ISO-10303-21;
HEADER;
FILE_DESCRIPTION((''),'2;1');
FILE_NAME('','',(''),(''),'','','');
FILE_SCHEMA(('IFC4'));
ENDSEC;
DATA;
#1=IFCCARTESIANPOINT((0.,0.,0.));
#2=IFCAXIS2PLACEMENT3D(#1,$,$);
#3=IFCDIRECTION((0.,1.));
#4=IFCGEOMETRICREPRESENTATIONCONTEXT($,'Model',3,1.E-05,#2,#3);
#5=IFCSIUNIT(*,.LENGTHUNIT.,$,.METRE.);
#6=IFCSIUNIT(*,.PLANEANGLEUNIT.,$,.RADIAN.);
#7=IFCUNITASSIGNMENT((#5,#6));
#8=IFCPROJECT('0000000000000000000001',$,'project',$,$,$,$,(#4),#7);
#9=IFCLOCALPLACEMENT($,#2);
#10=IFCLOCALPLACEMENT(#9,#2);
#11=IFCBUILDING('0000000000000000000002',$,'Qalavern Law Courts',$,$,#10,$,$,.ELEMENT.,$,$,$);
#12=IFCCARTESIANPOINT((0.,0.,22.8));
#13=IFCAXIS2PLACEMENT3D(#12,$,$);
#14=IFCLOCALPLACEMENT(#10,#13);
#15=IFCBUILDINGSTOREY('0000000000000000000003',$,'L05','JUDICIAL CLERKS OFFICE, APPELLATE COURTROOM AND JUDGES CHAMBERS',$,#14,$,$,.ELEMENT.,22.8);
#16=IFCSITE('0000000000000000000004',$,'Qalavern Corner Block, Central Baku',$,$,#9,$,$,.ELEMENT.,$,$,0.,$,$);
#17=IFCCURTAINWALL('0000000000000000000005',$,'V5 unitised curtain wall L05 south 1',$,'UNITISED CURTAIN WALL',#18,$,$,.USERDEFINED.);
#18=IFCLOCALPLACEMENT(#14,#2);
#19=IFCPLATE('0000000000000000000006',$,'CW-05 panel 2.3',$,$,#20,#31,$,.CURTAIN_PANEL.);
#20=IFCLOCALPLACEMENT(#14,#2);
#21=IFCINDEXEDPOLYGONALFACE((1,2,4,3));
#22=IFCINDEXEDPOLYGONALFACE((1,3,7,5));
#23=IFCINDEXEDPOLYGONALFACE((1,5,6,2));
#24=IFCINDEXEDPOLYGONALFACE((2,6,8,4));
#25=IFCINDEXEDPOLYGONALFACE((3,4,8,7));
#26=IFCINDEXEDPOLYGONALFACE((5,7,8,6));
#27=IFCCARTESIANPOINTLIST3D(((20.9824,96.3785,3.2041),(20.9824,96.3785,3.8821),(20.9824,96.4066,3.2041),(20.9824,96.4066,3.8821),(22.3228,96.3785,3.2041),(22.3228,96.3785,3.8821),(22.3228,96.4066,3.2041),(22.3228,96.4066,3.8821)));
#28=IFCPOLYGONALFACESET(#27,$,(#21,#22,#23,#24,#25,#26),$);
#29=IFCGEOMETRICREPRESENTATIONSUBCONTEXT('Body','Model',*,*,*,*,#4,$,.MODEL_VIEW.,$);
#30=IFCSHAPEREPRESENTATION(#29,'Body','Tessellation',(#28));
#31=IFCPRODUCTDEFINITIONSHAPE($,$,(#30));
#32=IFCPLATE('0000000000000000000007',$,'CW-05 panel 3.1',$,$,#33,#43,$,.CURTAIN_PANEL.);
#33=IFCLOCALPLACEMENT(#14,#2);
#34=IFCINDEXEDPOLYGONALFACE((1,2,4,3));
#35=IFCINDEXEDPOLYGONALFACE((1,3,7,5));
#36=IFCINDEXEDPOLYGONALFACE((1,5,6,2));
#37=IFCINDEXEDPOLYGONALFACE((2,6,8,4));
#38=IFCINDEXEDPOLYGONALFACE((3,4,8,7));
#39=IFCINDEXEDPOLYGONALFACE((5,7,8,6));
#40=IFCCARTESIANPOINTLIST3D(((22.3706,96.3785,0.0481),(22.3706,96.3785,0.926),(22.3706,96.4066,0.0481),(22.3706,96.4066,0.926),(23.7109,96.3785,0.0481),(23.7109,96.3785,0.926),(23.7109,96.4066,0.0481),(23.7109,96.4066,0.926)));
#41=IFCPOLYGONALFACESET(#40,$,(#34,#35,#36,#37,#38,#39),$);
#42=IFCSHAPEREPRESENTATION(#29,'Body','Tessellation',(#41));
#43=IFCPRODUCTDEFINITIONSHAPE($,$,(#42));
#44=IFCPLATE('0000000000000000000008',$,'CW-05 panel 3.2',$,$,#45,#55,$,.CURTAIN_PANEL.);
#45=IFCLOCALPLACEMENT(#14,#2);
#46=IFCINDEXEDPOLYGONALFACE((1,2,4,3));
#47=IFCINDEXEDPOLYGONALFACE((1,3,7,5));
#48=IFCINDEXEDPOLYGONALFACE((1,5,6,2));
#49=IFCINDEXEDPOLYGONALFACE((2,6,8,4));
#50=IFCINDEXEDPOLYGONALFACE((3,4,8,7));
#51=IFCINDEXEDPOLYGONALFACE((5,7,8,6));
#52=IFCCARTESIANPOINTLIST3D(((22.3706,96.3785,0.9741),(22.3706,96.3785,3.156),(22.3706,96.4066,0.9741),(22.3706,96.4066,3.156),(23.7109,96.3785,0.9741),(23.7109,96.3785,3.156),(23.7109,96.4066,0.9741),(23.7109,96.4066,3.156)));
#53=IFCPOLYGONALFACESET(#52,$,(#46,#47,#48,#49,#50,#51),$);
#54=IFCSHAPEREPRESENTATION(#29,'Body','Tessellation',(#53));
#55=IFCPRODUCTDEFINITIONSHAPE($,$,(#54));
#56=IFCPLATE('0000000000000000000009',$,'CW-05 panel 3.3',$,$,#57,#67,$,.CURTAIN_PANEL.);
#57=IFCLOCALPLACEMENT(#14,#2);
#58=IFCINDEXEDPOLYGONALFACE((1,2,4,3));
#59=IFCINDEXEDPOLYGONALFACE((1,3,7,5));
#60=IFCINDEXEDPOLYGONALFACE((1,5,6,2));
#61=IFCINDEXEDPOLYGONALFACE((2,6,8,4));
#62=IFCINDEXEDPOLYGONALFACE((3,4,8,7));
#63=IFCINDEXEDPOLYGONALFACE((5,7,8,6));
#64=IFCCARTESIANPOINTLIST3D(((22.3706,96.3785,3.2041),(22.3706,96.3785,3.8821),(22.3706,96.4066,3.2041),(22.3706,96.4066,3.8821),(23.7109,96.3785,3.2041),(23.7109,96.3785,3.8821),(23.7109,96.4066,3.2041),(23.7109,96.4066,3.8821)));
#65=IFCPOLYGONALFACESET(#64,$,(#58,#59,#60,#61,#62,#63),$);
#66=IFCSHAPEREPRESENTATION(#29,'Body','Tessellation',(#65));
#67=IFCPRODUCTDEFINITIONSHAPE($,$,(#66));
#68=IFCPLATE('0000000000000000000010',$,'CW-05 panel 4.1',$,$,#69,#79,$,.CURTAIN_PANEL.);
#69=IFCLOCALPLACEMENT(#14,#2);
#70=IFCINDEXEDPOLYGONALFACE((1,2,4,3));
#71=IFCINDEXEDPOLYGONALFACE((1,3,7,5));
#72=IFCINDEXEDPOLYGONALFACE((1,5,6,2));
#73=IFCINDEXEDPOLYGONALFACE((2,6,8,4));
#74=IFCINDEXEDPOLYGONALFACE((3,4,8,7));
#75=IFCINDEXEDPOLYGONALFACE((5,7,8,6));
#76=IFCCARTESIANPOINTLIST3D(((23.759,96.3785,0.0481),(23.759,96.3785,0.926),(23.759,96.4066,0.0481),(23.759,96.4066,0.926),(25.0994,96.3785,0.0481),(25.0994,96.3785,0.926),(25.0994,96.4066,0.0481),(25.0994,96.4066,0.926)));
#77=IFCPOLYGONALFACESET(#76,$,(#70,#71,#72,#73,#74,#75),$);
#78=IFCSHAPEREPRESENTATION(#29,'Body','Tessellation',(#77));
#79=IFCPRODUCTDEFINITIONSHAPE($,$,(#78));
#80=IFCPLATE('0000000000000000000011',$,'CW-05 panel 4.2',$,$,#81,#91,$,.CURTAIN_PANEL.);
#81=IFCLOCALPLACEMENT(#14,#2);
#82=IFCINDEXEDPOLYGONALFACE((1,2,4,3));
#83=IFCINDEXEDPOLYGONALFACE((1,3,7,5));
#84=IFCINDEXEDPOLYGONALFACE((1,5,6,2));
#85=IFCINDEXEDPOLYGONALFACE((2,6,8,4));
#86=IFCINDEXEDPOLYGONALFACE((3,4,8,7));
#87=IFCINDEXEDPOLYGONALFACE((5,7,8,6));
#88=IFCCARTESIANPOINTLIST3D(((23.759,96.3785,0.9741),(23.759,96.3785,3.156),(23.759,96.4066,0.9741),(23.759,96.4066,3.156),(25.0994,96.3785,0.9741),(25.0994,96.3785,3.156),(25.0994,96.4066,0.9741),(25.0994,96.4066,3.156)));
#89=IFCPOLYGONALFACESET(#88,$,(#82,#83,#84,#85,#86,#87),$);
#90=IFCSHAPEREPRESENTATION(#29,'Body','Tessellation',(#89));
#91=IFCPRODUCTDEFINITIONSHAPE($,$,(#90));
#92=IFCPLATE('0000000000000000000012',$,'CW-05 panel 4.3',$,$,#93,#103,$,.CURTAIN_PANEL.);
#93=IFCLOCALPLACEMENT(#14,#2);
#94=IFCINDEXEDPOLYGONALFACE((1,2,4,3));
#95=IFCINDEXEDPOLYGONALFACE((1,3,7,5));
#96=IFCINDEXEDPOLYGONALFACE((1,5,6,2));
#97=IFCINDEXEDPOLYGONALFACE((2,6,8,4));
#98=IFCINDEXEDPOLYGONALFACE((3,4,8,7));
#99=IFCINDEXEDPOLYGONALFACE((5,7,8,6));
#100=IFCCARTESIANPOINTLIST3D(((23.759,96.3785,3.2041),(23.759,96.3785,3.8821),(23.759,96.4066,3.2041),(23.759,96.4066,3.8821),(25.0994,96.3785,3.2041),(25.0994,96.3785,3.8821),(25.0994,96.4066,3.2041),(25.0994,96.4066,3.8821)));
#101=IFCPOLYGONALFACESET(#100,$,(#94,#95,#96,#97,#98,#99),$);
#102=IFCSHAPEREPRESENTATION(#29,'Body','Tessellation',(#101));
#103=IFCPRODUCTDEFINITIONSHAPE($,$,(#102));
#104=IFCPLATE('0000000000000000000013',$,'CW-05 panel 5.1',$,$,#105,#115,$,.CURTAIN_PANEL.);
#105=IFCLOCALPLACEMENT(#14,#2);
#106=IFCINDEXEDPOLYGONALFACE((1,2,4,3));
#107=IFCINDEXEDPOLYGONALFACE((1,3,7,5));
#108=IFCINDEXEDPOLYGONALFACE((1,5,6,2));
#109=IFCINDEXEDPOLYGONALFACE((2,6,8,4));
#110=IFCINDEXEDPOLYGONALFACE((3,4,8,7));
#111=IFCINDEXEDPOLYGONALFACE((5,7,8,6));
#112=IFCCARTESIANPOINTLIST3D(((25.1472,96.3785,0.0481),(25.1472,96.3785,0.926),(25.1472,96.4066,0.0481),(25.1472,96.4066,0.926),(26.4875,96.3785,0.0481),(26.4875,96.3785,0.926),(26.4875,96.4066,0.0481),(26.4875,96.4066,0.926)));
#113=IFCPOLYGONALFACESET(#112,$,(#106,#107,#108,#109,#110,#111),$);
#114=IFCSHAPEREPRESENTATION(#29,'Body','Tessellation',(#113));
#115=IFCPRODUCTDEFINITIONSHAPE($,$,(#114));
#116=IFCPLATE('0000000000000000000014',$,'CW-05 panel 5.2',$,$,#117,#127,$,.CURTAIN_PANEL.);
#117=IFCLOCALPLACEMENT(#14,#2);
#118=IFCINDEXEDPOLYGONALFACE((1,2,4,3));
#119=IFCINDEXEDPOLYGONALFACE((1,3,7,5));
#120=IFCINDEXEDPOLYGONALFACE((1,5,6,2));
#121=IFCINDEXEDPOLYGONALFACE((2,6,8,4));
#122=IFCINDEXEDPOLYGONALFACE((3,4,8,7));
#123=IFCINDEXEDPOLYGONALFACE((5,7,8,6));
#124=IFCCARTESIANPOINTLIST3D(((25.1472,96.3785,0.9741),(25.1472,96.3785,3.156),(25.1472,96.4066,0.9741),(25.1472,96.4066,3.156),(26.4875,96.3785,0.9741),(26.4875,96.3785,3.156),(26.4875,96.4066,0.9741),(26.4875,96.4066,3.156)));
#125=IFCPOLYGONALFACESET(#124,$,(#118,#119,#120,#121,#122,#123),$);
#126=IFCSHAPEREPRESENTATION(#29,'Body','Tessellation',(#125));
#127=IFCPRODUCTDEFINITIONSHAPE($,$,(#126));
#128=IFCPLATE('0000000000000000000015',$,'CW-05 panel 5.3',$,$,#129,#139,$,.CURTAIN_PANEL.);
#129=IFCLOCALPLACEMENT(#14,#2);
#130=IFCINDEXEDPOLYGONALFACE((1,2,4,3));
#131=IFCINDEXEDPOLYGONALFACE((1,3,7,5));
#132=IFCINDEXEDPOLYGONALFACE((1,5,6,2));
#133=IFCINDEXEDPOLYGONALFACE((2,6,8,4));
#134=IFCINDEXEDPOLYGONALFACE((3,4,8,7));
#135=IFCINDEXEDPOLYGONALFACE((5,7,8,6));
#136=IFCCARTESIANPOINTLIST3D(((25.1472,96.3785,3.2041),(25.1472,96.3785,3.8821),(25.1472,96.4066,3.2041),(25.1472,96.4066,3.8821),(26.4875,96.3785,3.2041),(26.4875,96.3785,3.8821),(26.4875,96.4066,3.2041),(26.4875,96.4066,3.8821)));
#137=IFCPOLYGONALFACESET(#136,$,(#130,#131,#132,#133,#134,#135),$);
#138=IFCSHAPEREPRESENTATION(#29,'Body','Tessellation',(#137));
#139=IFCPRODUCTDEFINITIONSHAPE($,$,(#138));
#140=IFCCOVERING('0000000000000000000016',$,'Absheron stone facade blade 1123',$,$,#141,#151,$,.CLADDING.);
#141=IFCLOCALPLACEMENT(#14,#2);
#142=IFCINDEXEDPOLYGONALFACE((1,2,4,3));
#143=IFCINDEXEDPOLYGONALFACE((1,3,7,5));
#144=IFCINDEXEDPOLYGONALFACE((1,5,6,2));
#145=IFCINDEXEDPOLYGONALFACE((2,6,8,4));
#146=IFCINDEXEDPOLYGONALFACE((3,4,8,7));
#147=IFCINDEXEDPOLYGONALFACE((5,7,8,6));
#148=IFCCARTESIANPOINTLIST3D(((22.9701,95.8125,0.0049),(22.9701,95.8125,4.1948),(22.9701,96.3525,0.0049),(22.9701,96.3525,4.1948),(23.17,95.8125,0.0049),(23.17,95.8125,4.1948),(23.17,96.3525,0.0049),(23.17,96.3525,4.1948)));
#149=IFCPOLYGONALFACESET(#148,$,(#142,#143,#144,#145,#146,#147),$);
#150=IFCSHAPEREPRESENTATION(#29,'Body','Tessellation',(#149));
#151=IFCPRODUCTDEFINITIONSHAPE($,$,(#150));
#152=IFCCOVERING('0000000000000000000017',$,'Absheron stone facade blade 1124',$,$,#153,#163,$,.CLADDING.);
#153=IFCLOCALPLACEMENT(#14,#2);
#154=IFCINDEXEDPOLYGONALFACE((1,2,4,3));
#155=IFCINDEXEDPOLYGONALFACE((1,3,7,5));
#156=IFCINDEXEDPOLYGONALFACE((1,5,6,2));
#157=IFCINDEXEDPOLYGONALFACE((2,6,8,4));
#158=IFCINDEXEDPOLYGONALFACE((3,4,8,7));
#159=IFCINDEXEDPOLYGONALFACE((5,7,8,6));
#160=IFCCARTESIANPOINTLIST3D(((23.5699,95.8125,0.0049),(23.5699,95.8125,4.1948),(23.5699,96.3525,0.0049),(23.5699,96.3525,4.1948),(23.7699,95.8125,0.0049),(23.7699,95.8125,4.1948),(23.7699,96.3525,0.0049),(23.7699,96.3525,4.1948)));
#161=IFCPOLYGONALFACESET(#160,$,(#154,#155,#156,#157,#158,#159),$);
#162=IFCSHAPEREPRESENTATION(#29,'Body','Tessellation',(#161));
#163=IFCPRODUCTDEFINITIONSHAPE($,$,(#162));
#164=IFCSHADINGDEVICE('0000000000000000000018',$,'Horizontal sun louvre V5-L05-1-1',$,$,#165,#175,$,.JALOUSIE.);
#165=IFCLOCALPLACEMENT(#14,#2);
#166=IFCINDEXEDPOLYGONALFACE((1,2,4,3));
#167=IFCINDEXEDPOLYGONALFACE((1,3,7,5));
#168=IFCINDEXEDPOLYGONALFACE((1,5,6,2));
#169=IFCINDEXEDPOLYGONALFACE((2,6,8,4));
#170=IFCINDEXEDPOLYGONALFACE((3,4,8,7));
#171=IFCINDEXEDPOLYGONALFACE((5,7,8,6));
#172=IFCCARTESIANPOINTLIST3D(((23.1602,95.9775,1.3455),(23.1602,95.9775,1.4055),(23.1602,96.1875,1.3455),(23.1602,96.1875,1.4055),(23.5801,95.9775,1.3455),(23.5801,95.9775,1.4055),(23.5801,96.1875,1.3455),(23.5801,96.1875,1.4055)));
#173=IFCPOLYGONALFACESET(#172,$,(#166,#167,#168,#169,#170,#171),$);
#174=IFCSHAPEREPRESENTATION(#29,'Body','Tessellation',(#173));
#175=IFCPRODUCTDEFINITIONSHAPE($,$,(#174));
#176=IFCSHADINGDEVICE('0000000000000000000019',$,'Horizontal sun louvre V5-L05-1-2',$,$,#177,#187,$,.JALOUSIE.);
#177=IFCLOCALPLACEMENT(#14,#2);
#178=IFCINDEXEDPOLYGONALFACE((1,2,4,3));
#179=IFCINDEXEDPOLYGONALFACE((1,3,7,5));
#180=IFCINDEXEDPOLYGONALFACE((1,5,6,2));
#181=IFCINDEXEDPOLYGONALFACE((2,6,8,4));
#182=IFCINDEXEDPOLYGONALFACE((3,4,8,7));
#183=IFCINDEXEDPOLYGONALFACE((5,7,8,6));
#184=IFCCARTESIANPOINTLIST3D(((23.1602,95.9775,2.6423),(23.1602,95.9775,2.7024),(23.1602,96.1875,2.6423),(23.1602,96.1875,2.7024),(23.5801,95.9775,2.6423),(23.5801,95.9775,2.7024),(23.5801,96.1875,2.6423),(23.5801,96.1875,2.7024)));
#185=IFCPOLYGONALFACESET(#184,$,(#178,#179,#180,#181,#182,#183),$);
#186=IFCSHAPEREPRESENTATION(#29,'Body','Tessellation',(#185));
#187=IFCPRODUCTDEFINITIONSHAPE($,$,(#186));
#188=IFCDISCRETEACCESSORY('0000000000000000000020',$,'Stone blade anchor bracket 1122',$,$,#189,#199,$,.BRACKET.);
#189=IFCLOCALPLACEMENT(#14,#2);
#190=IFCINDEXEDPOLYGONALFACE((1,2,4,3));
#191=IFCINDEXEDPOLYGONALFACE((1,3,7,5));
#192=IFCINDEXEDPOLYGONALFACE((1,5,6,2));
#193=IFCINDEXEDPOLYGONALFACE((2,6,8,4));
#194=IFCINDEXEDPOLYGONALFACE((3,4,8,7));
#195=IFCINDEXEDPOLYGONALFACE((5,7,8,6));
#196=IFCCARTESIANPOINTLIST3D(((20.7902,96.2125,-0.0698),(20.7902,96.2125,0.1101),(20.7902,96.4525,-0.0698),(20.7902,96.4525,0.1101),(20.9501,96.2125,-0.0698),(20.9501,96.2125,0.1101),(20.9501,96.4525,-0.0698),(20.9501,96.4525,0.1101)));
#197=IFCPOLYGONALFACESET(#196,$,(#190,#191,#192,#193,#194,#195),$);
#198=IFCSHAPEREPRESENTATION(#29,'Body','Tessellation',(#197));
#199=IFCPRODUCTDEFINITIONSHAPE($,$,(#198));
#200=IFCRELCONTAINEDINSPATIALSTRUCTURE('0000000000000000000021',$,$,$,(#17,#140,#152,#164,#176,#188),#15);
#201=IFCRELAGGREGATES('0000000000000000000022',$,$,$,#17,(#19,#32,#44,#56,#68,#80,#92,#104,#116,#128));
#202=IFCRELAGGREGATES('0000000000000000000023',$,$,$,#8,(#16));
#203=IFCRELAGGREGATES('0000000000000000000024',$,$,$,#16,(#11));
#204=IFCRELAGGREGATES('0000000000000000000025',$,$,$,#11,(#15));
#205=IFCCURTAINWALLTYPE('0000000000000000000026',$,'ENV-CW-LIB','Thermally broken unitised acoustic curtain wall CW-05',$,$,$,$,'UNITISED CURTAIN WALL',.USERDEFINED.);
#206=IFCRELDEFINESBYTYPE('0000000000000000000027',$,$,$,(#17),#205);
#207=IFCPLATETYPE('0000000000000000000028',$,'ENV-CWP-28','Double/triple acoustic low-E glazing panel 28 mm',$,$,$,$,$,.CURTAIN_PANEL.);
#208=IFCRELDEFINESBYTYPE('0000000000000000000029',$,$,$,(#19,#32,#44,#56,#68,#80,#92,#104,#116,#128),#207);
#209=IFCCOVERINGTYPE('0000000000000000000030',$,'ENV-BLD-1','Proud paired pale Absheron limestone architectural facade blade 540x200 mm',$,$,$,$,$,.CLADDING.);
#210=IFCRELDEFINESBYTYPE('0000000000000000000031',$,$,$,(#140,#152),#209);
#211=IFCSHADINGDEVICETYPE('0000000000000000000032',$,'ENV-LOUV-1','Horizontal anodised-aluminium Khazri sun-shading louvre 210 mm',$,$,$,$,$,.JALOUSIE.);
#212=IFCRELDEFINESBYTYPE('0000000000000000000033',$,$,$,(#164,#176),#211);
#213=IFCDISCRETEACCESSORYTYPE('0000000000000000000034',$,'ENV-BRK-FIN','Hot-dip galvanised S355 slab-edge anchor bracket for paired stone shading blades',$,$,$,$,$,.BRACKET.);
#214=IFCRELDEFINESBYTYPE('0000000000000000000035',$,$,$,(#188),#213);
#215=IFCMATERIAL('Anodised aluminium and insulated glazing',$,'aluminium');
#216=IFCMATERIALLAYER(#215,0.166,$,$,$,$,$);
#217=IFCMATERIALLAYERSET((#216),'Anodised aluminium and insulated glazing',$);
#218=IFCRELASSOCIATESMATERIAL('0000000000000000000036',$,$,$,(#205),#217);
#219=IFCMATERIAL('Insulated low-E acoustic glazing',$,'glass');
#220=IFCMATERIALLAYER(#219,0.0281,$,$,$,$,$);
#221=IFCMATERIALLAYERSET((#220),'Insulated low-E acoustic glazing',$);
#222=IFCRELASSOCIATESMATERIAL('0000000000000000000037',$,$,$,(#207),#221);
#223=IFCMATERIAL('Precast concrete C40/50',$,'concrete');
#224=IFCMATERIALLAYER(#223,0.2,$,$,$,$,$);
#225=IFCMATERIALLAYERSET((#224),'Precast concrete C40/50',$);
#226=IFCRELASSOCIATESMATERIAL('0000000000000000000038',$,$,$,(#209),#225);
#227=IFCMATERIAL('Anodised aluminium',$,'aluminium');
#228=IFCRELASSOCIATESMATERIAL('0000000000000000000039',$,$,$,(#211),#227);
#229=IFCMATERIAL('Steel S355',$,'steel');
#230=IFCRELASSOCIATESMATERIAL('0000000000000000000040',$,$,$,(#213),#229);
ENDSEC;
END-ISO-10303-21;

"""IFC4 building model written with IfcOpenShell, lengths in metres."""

from ifc_helpers import new_model, si_unit, direction, frame, origin, origin_2d, place, context, subcontext, project, spatial, rectangle, extrude, material, layer, layer_set, type_object, element, aggregate, save


model = new_model("IFC4")

# Units and contexts
model_context = context("Model", 3, precision=1e-05, world=origin(), true_north=direction((0.0, 1.0)))
body_context = subcontext(model_context, "Body", "Model", "MODEL_VIEW")
ifc_project = project(units=[si_unit("LENGTHUNIT", "METRE"), si_unit("PLANEANGLEUNIT", "RADIAN")], contexts=[model_context])

# Site, building, storey
site_placement = place(None, origin())
site = spatial("IfcSite", under=ifc_project, at=site_placement, Name="Qalavern Corner Block, Central Baku", CompositionType="ELEMENT", RefElevation=0.0)
building_placement = place(site_placement, origin())
building = spatial("IfcBuilding", under=site, at=building_placement, Name="Qalavern Law Courts", CompositionType="ELEMENT")
storey_placement = place(building_placement, frame((0.0, 0.0, 22.8)))
storey = spatial("IfcBuildingStorey", under=building, at=storey_placement, Name="L05", Description="JUDICIAL CLERKS OFFICE, APPELLATE COURTROOM AND JUDGES CHAMBERS", CompositionType="ELEMENT", Elevation=22.8)

# Curtain wall, plates
ifc_material_1 = material(Name="Anodised aluminium and insulated glazing", Category="aluminium")
ifc_layer_1 = layer(ifc_material_1, 0.166)
ifc_layer_set_1 = layer_set([ifc_layer_1], Name="Anodised aluminium and insulated glazing")
curtain_wall_type = type_object("IfcCurtainWallType", Name="ENV-CW-LIB", Description="Thermally broken unitised acoustic curtain wall CW-05", ElementType="UNITISED CURTAIN WALL", PredefinedType="USERDEFINED", material=ifc_layer_set_1)
curtain_wall_placement = place(storey_placement, origin())
curtain_wall = element("IfcCurtainWall", 1, at=curtain_wall_placement, inside=storey, type_object=curtain_wall_type, Name="V5 unitised curtain wall L05 south 1", ObjectType="UNITISED CURTAIN WALL", PredefinedType="USERDEFINED")
ifc_material_2 = material(Name="Anodised aluminium", Category="aluminium")
ifc_material_3 = material(Name="Insulated low-E acoustic glazing", Category="glass")
ifc_layer_2 = layer(ifc_material_3, 0.0281)
ifc_layer_set_2 = layer_set([ifc_layer_2], Name="Insulated low-E acoustic glazing")
plate_type = type_object("IfcPlateType", Name="ENV-CWP-28", Description="Double/triple acoustic low-E glazing panel 28 mm", PredefinedType="CURTAIN_PANEL", material=ifc_layer_set_2)
plate_1_placement = place(storey_placement, frame((21.6526, 96.3926, 3.2041), z_axis=(0.0, 0.0, 1.0), x_axis=(1.0, 0.0, 0.0)))
plate_1 = element("IfcPlate", 2, at=plate_1_placement, type_object=plate_type, Name="CW-05 panel 2.3", PredefinedType="CURTAIN_PANEL", context=body_context, shape_type="SweptSolid", body=[
    extrude(rectangle(XDim=1.3403, YDim=0.0281, at=origin_2d()), origin(), (0.0, 0.0, 1.0), 0.678),
])
plate_2_placement = place(storey_placement, frame((23.0408, 96.3926, 0.0481), z_axis=(0.0, 0.0, 1.0), x_axis=(1.0, 0.0, 0.0)))
plate_2 = element("IfcPlate", 3, at=plate_2_placement, type_object=plate_type, Name="CW-05 panel 3.1", PredefinedType="CURTAIN_PANEL", context=body_context, shape_type="SweptSolid", body=[
    extrude(rectangle(XDim=1.3403, YDim=0.0281, at=origin_2d()), origin(), (0.0, 0.0, 1.0), 0.8779),
])
plate_3_placement = place(storey_placement, frame((23.0408, 96.3926, 0.9741), z_axis=(0.0, 0.0, 1.0), x_axis=(1.0, 0.0, 0.0)))
plate_3 = element("IfcPlate", 4, at=plate_3_placement, type_object=plate_type, Name="CW-05 panel 3.2", PredefinedType="CURTAIN_PANEL", context=body_context, shape_type="SweptSolid", body=[
    extrude(rectangle(XDim=1.3403, YDim=0.0281, at=origin_2d()), origin(), (0.0, 0.0, 1.0), 2.1819),
])
plate_4_placement = place(storey_placement, frame((23.0408, 96.3926, 3.2041), z_axis=(0.0, 0.0, 1.0), x_axis=(1.0, 0.0, 0.0)))
plate_4 = element("IfcPlate", 5, at=plate_4_placement, type_object=plate_type, Name="CW-05 panel 3.3", PredefinedType="CURTAIN_PANEL", context=body_context, shape_type="SweptSolid", body=[
    extrude(rectangle(XDim=1.3403, YDim=0.0281, at=origin_2d()), origin(), (0.0, 0.0, 1.0), 0.678),
])
plate_5_placement = place(storey_placement, frame((24.4292, 96.3926, 0.0481), z_axis=(0.0, 0.0, 1.0), x_axis=(1.0, 0.0, 0.0)))
plate_5 = element("IfcPlate", 6, at=plate_5_placement, type_object=plate_type, Name="CW-05 panel 4.1", PredefinedType="CURTAIN_PANEL", context=body_context, shape_type="SweptSolid", body=[
    extrude(rectangle(XDim=1.3403, YDim=0.0281, at=origin_2d()), origin(), (0.0, 0.0, 1.0), 0.8779),
])
plate_6_placement = place(storey_placement, frame((24.4292, 96.3926, 0.9741), z_axis=(0.0, 0.0, 1.0), x_axis=(1.0, 0.0, 0.0)))
plate_6 = element("IfcPlate", 7, at=plate_6_placement, type_object=plate_type, Name="CW-05 panel 4.2", PredefinedType="CURTAIN_PANEL", context=body_context, shape_type="SweptSolid", body=[
    extrude(rectangle(XDim=1.3403, YDim=0.0281, at=origin_2d()), origin(), (0.0, 0.0, 1.0), 2.1819),
])
plate_7_placement = place(storey_placement, frame((24.4292, 96.3926, 3.2041), z_axis=(0.0, 0.0, 1.0), x_axis=(1.0, 0.0, 0.0)))
plate_7 = element("IfcPlate", 8, at=plate_7_placement, type_object=plate_type, Name="CW-05 panel 4.3", PredefinedType="CURTAIN_PANEL", context=body_context, shape_type="SweptSolid", body=[
    extrude(rectangle(XDim=1.3403, YDim=0.0281, at=origin_2d()), origin(), (0.0, 0.0, 1.0), 0.678),
])
plate_8_placement = place(storey_placement, frame((25.8174, 96.3926, 0.0481), z_axis=(0.0, 0.0, 1.0), x_axis=(1.0, 0.0, 0.0)))
plate_8 = element("IfcPlate", 9, at=plate_8_placement, type_object=plate_type, Name="CW-05 panel 5.1", PredefinedType="CURTAIN_PANEL", context=body_context, shape_type="SweptSolid", body=[
    extrude(rectangle(XDim=1.3403, YDim=0.0281, at=origin_2d()), origin(), (0.0, 0.0, 1.0), 0.8779),
])
plate_9_placement = place(storey_placement, frame((25.8174, 96.3926, 0.9741), z_axis=(0.0, 0.0, 1.0), x_axis=(1.0, 0.0, 0.0)))
plate_9 = element("IfcPlate", 10, at=plate_9_placement, type_object=plate_type, Name="CW-05 panel 5.2", PredefinedType="CURTAIN_PANEL", context=body_context, shape_type="SweptSolid", body=[
    extrude(rectangle(XDim=1.3403, YDim=0.0281, at=origin_2d()), origin(), (0.0, 0.0, 1.0), 2.1819),
])
plate_10_placement = place(storey_placement, frame((25.8174, 96.3926, 3.2041), z_axis=(0.0, 0.0, 1.0), x_axis=(1.0, 0.0, 0.0)))
plate_10 = element("IfcPlate", 11, at=plate_10_placement, type_object=plate_type, Name="CW-05 panel 5.3", PredefinedType="CURTAIN_PANEL", context=body_context, shape_type="SweptSolid", body=[
    extrude(rectangle(XDim=1.3403, YDim=0.0281, at=origin_2d()), origin(), (0.0, 0.0, 1.0), 0.678),
])
aggregate(curtain_wall, [plate_1, plate_2, plate_3, plate_4, plate_5, plate_6, plate_7, plate_8, plate_9, plate_10])

# Coverings
ifc_material_4 = material(Name="Precast concrete C40/50", Category="concrete")
ifc_layer_3 = layer(ifc_material_4, 0.2)
ifc_layer_set_3 = layer_set([ifc_layer_3], Name="Precast concrete C40/50")
covering_type = type_object("IfcCoveringType", Name="ENV-BLD-1", Description="Proud paired pale Absheron limestone architectural facade blade 540x200 mm", PredefinedType="CLADDING", material=ifc_layer_set_3)
for number, where, z_axis, x_axis, name in (
    (12, (23.0701, 96.0825, 0.0049), (0.0, 0.0, 1.0), (0.0, -1.0, 0.0), "Absheron stone facade blade 1123"),
    (13, (23.6699, 96.0825, 0.0049), (0.0, 0.0, 1.0), (0.0, -1.0, 0.0), "Absheron stone facade blade 1124"),
):
    element("IfcCovering", number, at=place(storey_placement, frame(where, z_axis=z_axis, x_axis=x_axis)), inside=storey, type_object=covering_type, Name=name, PredefinedType="CLADDING", context=body_context, shape_type="SweptSolid", body=[
        extrude(rectangle(XDim=0.54, YDim=0.2, at=origin_2d()), origin(), (0.0, 0.0, 1.0), 4.1899),
    ])

# Shading devices
shading_device_type = type_object("IfcShadingDeviceType", Name="ENV-LOUV-1", Description="Horizontal anodised-aluminium Khazri sun-shading louvre 210 mm", PredefinedType="JALOUSIE", material=ifc_material_2)
for number, where, z_axis, x_axis, name in (
    (14, (23.3701, 96.0825, 1.3455), (0.0, 0.0, 1.0), (1.0, 0.0, 0.0), "Horizontal sun louvre V5-L05-1-1"),
    (15, (23.3701, 96.0825, 2.6423), (0.0, 0.0, 1.0), (1.0, 0.0, 0.0), "Horizontal sun louvre V5-L05-1-2"),
):
    element("IfcShadingDevice", number, at=place(storey_placement, frame(where, z_axis=z_axis, x_axis=x_axis)), inside=storey, type_object=shading_device_type, Name=name, PredefinedType="JALOUSIE", context=body_context, shape_type="SweptSolid", body=[
        extrude(rectangle(XDim=0.4199, YDim=0.21, at=origin_2d()), origin(), (0.0, 0.0, 1.0), 0.0601),
    ])

# Discrete accessory
ifc_material_5 = material(Name="Steel S355", Category="steel")
discrete_accessory_type = type_object("IfcDiscreteAccessoryType", Name="ENV-BRK-FIN", Description="Hot-dip galvanised S355 slab-edge anchor bracket for paired stone shading blades", PredefinedType="BRACKET", material=ifc_material_5)
for number, where, z_axis, x_axis, name in (
    (16, (20.8701, 96.3325, -0.0698), (0.0, 0.0, 1.0), (0.0, -1.0, 0.0), "Stone blade anchor bracket 1122"),
):
    element("IfcDiscreteAccessory", number, at=place(storey_placement, frame(where, z_axis=z_axis, x_axis=x_axis)), inside=storey, type_object=discrete_accessory_type, Name=name, PredefinedType="BRACKET", context=body_context, shape_type="SweptSolid", body=[
        extrude(rectangle(XDim=0.24, YDim=0.1599, at=origin_2d()), origin(), (0.0, 0.0, 1.0), 0.1799),
    ])

save(model, "model.ifc")
